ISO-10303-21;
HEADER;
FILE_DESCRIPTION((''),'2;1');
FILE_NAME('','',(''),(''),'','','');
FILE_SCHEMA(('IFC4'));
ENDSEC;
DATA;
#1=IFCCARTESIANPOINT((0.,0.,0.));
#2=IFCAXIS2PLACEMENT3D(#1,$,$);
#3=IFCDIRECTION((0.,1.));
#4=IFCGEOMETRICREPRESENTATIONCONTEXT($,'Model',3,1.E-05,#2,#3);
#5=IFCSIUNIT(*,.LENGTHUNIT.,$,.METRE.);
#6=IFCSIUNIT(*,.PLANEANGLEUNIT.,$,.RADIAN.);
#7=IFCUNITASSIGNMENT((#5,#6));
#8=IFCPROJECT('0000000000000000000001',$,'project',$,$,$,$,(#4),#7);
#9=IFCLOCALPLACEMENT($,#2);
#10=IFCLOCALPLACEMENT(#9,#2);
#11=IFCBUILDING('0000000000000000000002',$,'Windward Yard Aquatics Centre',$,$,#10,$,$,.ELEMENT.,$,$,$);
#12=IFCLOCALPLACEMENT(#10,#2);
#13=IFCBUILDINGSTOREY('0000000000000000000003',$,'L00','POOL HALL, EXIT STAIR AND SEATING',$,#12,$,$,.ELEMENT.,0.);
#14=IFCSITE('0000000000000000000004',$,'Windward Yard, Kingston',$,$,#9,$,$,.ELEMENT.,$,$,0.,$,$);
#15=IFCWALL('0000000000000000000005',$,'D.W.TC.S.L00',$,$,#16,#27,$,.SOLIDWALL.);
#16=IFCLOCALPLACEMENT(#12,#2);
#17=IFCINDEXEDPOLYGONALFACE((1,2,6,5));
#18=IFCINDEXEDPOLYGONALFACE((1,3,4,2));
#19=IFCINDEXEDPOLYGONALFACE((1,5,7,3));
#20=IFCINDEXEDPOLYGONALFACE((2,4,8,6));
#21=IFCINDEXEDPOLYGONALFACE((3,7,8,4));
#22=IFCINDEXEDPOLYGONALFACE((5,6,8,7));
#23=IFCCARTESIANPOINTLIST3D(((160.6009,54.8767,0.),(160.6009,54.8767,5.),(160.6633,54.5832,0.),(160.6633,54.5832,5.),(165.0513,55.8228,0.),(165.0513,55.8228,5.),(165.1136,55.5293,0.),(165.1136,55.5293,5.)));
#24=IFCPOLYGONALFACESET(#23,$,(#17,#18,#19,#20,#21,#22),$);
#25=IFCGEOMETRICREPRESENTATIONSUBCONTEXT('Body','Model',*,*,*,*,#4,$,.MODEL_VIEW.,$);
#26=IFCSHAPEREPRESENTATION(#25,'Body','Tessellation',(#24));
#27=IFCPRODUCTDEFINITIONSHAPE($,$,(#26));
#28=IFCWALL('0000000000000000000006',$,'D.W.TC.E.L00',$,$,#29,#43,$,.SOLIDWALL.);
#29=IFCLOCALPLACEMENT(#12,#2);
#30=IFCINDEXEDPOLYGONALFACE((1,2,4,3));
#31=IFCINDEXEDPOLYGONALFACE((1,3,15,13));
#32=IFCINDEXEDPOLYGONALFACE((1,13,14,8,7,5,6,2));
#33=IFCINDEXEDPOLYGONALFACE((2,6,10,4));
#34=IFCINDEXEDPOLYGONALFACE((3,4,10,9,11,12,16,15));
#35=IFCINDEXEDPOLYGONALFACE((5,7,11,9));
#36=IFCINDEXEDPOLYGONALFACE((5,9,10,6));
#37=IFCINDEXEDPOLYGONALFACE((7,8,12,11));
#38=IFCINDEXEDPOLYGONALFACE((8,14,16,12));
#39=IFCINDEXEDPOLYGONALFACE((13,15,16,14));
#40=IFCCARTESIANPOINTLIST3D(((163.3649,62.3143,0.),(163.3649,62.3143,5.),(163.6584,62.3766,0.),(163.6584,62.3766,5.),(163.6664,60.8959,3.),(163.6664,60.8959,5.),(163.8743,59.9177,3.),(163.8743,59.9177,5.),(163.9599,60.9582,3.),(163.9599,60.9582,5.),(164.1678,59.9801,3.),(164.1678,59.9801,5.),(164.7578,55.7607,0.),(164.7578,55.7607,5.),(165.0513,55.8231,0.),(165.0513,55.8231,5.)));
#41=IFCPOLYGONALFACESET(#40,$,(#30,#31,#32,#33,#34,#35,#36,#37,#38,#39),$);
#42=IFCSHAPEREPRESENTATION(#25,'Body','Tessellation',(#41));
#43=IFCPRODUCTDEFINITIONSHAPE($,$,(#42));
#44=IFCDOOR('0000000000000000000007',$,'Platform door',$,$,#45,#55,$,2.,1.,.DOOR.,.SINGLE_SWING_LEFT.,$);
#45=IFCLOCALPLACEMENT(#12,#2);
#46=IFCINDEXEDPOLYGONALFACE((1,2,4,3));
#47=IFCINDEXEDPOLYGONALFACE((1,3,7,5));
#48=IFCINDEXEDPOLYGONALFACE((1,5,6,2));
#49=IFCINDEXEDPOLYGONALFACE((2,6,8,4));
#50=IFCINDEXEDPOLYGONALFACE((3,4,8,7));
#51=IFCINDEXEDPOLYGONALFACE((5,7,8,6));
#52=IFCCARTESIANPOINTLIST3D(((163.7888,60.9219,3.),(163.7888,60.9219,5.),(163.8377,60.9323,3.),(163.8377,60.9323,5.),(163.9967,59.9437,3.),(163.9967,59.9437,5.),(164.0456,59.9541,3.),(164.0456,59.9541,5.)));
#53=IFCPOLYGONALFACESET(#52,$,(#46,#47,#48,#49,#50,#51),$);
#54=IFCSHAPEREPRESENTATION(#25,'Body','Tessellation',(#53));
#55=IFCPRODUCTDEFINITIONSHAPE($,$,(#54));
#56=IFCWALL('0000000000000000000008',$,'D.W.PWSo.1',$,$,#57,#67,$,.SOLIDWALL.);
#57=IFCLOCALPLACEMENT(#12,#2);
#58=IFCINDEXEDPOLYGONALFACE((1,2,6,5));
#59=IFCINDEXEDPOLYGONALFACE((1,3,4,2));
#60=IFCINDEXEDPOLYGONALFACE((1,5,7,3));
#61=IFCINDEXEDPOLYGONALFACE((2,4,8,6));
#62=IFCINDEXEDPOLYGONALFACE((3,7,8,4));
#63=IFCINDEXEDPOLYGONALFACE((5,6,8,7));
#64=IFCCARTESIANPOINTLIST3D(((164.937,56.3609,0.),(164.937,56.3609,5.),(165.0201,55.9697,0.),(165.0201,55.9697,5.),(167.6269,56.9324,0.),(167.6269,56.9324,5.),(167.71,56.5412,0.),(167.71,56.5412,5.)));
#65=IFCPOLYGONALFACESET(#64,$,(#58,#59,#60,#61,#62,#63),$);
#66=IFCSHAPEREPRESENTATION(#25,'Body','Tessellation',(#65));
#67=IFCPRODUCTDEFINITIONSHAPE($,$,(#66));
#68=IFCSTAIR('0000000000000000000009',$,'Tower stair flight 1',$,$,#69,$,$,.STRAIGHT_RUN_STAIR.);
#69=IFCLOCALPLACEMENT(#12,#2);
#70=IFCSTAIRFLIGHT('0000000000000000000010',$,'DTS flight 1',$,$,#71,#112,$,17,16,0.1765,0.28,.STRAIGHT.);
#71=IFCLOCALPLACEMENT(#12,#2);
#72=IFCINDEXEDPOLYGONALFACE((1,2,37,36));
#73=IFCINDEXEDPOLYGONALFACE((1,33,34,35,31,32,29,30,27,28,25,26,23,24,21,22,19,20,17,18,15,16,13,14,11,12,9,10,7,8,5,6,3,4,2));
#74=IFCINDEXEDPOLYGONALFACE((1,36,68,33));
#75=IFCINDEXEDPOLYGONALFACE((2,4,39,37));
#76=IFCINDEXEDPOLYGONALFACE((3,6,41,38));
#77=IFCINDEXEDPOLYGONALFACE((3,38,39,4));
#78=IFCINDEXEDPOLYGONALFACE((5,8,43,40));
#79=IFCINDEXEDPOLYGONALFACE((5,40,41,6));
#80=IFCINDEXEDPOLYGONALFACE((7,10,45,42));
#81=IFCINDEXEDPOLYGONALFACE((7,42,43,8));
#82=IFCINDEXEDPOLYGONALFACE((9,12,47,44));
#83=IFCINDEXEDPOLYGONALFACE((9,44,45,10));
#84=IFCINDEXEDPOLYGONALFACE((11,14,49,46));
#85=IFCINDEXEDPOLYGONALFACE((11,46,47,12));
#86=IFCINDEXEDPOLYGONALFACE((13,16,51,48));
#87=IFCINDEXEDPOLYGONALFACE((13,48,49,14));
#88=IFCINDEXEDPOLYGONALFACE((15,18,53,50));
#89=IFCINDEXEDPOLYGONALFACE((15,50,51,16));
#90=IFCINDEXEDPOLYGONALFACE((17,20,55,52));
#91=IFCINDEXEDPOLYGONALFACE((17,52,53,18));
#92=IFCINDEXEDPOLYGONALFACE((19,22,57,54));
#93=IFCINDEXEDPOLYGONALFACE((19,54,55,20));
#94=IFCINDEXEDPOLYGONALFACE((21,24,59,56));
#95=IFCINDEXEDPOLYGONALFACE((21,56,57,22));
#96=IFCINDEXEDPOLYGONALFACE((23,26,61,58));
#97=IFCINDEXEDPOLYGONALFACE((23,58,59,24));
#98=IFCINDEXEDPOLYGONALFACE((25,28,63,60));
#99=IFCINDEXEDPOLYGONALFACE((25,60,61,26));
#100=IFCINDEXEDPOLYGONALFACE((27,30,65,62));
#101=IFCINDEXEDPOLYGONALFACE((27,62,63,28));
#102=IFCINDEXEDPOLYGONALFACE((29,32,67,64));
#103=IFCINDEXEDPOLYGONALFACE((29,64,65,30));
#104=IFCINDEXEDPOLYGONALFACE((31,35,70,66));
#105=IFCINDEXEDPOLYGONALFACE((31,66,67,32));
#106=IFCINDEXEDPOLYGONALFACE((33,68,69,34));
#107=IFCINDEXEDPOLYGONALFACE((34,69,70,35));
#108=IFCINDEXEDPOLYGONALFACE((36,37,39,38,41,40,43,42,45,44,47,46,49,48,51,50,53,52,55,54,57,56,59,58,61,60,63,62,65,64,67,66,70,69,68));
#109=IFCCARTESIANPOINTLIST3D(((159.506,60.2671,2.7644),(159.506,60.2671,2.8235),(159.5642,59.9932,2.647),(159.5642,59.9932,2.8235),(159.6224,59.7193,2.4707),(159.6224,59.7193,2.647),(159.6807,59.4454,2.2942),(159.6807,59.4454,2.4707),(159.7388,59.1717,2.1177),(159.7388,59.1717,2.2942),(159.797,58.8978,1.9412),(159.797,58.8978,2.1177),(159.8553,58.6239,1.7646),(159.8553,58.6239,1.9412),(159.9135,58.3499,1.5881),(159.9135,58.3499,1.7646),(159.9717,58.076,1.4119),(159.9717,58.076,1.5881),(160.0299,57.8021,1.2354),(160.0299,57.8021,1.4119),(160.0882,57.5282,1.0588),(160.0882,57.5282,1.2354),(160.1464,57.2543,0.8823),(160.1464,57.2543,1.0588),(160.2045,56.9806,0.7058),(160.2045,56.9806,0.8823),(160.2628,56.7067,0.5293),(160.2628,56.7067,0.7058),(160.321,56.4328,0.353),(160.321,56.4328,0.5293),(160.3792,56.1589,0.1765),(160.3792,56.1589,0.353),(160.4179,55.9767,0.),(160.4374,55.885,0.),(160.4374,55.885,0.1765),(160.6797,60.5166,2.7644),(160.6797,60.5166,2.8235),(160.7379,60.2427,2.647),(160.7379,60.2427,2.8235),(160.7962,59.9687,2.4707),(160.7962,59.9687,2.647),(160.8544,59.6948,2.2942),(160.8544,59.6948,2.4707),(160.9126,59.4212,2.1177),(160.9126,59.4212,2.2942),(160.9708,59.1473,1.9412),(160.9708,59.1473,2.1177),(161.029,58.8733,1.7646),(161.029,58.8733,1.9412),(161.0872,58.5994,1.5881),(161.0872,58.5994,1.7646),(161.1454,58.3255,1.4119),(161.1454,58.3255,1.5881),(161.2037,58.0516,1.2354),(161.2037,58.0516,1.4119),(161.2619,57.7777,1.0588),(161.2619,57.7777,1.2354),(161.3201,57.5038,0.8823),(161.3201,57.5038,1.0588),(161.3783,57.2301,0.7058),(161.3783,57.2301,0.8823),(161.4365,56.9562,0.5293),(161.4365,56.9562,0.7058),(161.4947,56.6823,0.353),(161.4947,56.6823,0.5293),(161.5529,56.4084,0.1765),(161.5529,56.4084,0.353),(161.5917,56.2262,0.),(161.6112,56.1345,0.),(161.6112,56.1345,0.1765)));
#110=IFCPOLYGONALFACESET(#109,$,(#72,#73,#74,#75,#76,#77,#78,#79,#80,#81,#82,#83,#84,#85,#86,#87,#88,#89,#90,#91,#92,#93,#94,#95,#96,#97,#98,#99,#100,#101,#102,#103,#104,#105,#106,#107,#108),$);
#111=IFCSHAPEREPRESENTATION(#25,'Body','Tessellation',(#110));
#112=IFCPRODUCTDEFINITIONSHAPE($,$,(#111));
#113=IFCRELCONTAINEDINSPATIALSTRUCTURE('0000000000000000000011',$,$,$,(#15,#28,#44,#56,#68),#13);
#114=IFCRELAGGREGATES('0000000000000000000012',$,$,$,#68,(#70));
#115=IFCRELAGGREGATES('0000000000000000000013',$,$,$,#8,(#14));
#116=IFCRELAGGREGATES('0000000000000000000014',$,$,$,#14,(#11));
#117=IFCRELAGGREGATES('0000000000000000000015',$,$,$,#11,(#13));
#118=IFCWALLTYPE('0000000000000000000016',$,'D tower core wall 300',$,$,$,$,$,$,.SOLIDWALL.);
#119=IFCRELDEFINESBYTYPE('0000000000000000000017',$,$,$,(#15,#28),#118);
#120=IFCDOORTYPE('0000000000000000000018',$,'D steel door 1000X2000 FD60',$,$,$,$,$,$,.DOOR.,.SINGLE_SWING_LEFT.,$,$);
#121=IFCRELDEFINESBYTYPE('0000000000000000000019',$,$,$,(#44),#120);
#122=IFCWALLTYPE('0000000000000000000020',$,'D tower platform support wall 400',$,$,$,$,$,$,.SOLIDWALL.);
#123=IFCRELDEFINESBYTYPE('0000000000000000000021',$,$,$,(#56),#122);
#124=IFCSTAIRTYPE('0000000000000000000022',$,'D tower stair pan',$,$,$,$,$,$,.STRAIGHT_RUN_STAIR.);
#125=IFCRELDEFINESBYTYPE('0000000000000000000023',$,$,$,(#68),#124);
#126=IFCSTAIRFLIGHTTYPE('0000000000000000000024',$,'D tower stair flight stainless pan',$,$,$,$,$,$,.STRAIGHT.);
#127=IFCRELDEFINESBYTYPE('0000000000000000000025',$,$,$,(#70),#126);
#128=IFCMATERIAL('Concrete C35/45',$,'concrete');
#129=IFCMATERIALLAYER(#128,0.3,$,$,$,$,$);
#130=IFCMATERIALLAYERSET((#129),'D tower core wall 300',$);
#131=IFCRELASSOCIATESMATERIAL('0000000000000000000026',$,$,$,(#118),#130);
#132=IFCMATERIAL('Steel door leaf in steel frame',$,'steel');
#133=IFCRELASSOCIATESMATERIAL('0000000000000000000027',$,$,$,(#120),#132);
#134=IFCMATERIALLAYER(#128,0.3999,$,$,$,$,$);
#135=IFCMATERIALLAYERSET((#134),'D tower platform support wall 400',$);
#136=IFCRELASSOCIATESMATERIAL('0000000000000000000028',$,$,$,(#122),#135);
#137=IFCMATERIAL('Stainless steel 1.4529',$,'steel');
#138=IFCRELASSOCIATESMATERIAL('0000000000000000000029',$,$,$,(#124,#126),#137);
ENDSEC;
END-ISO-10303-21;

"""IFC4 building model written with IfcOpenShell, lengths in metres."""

from ifc_helpers import new_model, si_unit, direction, frame, frame_2d, origin, place, context, subcontext, project, spatial, polyline, rectangle, outline, extrude, material, layer, layer_set, type_object, element, fill, aggregate, save


model = new_model("IFC4")

# Units and contexts
model_context = context("Model", 3, precision=1e-05, world=origin(), true_north=direction((0.0, 1.0)))
body_context = subcontext(model_context, "Body", "Model", "MODEL_VIEW")
ifc_project = project(units=[si_unit("LENGTHUNIT", "METRE"), si_unit("PLANEANGLEUNIT", "RADIAN")], contexts=[model_context])

# Site, building, storey
site_placement = place(None, origin())
site = spatial("IfcSite", under=ifc_project, at=site_placement, Name="Windward Yard, Kingston", CompositionType="ELEMENT", RefElevation=0.0)
building_placement = place(site_placement, origin())
building = spatial("IfcBuilding", under=site, at=building_placement, Name="Windward Yard Aquatics Centre", CompositionType="ELEMENT")
storey_placement = place(building_placement, origin())
storey = spatial("IfcBuildingStorey", under=building, at=storey_placement, Name="L00", Description="POOL HALL, EXIT STAIR AND SEATING", CompositionType="ELEMENT", Elevation=0.0)

# Shared definitions
ifc_material_1 = material(Name="Concrete C35/45", Category="concrete")

# Wall
ifc_layer_1 = layer(ifc_material_1, 0.3)
ifc_layer_set_1 = layer_set([ifc_layer_1], Name="D tower core wall 300")
wall_type_1 = type_object("IfcWallType", Name="D tower core wall 300", PredefinedType="SOLIDWALL", material=ifc_layer_set_1)
wall_1_placement = place(storey_placement, frame((160.6321, 54.73, 0.0), z_axis=(0.0, 0.0, 1.0), x_axis=(0.978144, 0.207927, 0.0)))
element("IfcWall", 1, at=wall_1_placement, inside=storey, type_object=wall_type_1, Name="D.W.TC.S.L00", PredefinedType="SOLIDWALL", context=body_context, shape_type="SweptSolid", body=[
    extrude(rectangle(XDim=4.5498, YDim=0.3, at=frame_2d((2.2749, 0.0))), origin(), (0.0, 0.0, 1.0), 5.0),
])

# Wall, opening, door
wall_2_placement = place(storey_placement, frame((164.9045, 55.7917, 0.0), z_axis=(0.0, 0.0, 1.0), x_axis=(-0.207889, 0.978152, 0.0)))
wall_2 = element("IfcWall", 2, at=wall_2_placement, inside=storey, type_object=wall_type_1, Name="D.W.TC.E.L00", PredefinedType="SOLIDWALL", context=body_context, shape_type="SweptSolid", body=[
    extrude(rectangle(XDim=6.7, YDim=0.3, at=frame_2d((3.3501, 0.0))), origin(), (0.0, 0.0, 1.0), 5.0),
])
opening_placement = place(wall_2_placement, frame((4.25, 0.0, 3.0)))
opening = element("IfcOpeningElement", 3, at=opening_placement, cuts=wall_2, PredefinedType="OPENING", context=body_context, shape_type="SweptSolid", body=[
    extrude(rectangle(XDim=1.0, YDim=2.0, at=frame_2d((0.5, 1.0))), frame((0.0, 0.1602, 0.0), z_axis=(0.0, -1.0, 0.0), x_axis=(1.0, 0.0, 0.0)), (0.0, 0.0, 1.0), 0.3201),
])
ifc_material_2 = material(Name="Steel door leaf in steel frame", Category="steel")
door_type = type_object("IfcDoorType", Name="D steel door 1000X2000 FD60", OperationType="SINGLE_SWING_LEFT", PredefinedType="DOOR", material=ifc_material_2)
door_placement = place(opening_placement, origin())
door = element("IfcDoor", 4, at=door_placement, inside=storey, type_object=door_type, Name="Platform door", OperationType="SINGLE_SWING_LEFT", OverallHeight=2.0, OverallWidth=1.0, PredefinedType="DOOR", context=body_context, shape_type="SweptSolid", body=[
    extrude(rectangle(XDim=1.0, YDim=2.0, at=frame_2d((0.5, 1.0))), frame((0.0, 0.0249, 0.0), z_axis=(0.0, -1.0, 0.0), x_axis=(1.0, 0.0, 0.0)), (0.0, 0.0, 1.0), 0.05),
])
fill(opening, door)

# Wall
ifc_layer_2 = layer(ifc_material_1, 0.3999)
ifc_layer_set_2 = layer_set([ifc_layer_2], Name="D tower platform support wall 400")
wall_type_2 = type_object("IfcWallType", Name="D tower platform support wall 400", PredefinedType="SOLIDWALL", material=ifc_layer_set_2)
wall_3_placement = place(storey_placement, frame((164.9785, 56.1653, 0.0), z_axis=(0.0, 0.0, 1.0), x_axis=(0.978165, 0.207831, 0.0)))
element("IfcWall", 5, at=wall_3_placement, inside=storey, type_object=wall_type_2, Name="D.W.PWSo.1", PredefinedType="SOLIDWALL", context=body_context, shape_type="SweptSolid", body=[
    extrude(rectangle(XDim=2.75, YDim=0.3999, at=frame_2d((1.375, 0.0))), origin(), (0.0, 0.0, 1.0), 5.0),
])

# Stair, stair flight
ifc_material_3 = material(Name="Stainless steel 1.4529", Category="steel")
stair_type = type_object("IfcStairType", Name="D tower stair pan", PredefinedType="STRAIGHT_RUN_STAIR", material=ifc_material_3)
stair_placement = place(storey_placement, origin())
stair = element("IfcStair", 6, at=stair_placement, inside=storey, type_object=stair_type, Name="Tower stair flight 1", PredefinedType="STRAIGHT_RUN_STAIR")
stair_flight_type = type_object("IfcStairFlightType", Name="D tower stair flight stainless pan", PredefinedType="STRAIGHT", material=ifc_material_3)
stair_flight_placement = place(storey_placement, frame((161.0244, 56.0098, 0.0), z_axis=(0.0, 0.0, 1.0), x_axis=(-0.207912, 0.978148, 0.0)))
stair_flight = element("IfcStairFlight", 7, at=stair_flight_placement, type_object=stair_flight_type, Name="DTS flight 1", NumberOfRisers=17, NumberOfTreads=16, PredefinedType="STRAIGHT", RiserHeight=0.1765, TreadLength=0.28, context=body_context, shape_type="SweptSolid", body=[
    extrude(outline(polyline([(0.0, 0.0), (0.0, 0.1765), (0.28, 0.1765), (0.28, 0.353), (0.5601, 0.353), (0.5601, 0.5293), (0.8401, 0.5293), (0.8401, 0.7058), (1.1201, 0.7058), (1.1201, 0.8823), (1.3999, 0.8823), (1.3999, 1.0588), (1.6799, 1.0588), (1.6799, 1.2354), (1.96, 1.2354), (1.96, 1.4119), (2.24, 1.4119), (2.24, 1.5881), (2.52, 1.5881), (2.52, 1.7646), (2.8, 1.7646), (2.8, 1.9412), (3.0801, 1.9412), (3.0801, 2.1177), (3.3601, 2.1177), (3.3601, 2.2942), (3.6399, 2.2942), (3.6399, 2.4707), (3.9199, 2.4707), (3.9199, 2.647), (4.2, 2.647), (4.2, 2.8235), (4.48, 2.8235), (4.48, 3.0), (4.48, 2.7644), (0.0938, 0.0), (0.0, 0.0)])), frame((0.0, 0.6001, 0.0), z_axis=(0.0, -1.0, 0.0), x_axis=(1.0, 0.0, 0.0)), (0.0, 0.0, 1.0), 1.2),
])
aggregate(stair, [stair_flight])

save(model, "model.ifc")
